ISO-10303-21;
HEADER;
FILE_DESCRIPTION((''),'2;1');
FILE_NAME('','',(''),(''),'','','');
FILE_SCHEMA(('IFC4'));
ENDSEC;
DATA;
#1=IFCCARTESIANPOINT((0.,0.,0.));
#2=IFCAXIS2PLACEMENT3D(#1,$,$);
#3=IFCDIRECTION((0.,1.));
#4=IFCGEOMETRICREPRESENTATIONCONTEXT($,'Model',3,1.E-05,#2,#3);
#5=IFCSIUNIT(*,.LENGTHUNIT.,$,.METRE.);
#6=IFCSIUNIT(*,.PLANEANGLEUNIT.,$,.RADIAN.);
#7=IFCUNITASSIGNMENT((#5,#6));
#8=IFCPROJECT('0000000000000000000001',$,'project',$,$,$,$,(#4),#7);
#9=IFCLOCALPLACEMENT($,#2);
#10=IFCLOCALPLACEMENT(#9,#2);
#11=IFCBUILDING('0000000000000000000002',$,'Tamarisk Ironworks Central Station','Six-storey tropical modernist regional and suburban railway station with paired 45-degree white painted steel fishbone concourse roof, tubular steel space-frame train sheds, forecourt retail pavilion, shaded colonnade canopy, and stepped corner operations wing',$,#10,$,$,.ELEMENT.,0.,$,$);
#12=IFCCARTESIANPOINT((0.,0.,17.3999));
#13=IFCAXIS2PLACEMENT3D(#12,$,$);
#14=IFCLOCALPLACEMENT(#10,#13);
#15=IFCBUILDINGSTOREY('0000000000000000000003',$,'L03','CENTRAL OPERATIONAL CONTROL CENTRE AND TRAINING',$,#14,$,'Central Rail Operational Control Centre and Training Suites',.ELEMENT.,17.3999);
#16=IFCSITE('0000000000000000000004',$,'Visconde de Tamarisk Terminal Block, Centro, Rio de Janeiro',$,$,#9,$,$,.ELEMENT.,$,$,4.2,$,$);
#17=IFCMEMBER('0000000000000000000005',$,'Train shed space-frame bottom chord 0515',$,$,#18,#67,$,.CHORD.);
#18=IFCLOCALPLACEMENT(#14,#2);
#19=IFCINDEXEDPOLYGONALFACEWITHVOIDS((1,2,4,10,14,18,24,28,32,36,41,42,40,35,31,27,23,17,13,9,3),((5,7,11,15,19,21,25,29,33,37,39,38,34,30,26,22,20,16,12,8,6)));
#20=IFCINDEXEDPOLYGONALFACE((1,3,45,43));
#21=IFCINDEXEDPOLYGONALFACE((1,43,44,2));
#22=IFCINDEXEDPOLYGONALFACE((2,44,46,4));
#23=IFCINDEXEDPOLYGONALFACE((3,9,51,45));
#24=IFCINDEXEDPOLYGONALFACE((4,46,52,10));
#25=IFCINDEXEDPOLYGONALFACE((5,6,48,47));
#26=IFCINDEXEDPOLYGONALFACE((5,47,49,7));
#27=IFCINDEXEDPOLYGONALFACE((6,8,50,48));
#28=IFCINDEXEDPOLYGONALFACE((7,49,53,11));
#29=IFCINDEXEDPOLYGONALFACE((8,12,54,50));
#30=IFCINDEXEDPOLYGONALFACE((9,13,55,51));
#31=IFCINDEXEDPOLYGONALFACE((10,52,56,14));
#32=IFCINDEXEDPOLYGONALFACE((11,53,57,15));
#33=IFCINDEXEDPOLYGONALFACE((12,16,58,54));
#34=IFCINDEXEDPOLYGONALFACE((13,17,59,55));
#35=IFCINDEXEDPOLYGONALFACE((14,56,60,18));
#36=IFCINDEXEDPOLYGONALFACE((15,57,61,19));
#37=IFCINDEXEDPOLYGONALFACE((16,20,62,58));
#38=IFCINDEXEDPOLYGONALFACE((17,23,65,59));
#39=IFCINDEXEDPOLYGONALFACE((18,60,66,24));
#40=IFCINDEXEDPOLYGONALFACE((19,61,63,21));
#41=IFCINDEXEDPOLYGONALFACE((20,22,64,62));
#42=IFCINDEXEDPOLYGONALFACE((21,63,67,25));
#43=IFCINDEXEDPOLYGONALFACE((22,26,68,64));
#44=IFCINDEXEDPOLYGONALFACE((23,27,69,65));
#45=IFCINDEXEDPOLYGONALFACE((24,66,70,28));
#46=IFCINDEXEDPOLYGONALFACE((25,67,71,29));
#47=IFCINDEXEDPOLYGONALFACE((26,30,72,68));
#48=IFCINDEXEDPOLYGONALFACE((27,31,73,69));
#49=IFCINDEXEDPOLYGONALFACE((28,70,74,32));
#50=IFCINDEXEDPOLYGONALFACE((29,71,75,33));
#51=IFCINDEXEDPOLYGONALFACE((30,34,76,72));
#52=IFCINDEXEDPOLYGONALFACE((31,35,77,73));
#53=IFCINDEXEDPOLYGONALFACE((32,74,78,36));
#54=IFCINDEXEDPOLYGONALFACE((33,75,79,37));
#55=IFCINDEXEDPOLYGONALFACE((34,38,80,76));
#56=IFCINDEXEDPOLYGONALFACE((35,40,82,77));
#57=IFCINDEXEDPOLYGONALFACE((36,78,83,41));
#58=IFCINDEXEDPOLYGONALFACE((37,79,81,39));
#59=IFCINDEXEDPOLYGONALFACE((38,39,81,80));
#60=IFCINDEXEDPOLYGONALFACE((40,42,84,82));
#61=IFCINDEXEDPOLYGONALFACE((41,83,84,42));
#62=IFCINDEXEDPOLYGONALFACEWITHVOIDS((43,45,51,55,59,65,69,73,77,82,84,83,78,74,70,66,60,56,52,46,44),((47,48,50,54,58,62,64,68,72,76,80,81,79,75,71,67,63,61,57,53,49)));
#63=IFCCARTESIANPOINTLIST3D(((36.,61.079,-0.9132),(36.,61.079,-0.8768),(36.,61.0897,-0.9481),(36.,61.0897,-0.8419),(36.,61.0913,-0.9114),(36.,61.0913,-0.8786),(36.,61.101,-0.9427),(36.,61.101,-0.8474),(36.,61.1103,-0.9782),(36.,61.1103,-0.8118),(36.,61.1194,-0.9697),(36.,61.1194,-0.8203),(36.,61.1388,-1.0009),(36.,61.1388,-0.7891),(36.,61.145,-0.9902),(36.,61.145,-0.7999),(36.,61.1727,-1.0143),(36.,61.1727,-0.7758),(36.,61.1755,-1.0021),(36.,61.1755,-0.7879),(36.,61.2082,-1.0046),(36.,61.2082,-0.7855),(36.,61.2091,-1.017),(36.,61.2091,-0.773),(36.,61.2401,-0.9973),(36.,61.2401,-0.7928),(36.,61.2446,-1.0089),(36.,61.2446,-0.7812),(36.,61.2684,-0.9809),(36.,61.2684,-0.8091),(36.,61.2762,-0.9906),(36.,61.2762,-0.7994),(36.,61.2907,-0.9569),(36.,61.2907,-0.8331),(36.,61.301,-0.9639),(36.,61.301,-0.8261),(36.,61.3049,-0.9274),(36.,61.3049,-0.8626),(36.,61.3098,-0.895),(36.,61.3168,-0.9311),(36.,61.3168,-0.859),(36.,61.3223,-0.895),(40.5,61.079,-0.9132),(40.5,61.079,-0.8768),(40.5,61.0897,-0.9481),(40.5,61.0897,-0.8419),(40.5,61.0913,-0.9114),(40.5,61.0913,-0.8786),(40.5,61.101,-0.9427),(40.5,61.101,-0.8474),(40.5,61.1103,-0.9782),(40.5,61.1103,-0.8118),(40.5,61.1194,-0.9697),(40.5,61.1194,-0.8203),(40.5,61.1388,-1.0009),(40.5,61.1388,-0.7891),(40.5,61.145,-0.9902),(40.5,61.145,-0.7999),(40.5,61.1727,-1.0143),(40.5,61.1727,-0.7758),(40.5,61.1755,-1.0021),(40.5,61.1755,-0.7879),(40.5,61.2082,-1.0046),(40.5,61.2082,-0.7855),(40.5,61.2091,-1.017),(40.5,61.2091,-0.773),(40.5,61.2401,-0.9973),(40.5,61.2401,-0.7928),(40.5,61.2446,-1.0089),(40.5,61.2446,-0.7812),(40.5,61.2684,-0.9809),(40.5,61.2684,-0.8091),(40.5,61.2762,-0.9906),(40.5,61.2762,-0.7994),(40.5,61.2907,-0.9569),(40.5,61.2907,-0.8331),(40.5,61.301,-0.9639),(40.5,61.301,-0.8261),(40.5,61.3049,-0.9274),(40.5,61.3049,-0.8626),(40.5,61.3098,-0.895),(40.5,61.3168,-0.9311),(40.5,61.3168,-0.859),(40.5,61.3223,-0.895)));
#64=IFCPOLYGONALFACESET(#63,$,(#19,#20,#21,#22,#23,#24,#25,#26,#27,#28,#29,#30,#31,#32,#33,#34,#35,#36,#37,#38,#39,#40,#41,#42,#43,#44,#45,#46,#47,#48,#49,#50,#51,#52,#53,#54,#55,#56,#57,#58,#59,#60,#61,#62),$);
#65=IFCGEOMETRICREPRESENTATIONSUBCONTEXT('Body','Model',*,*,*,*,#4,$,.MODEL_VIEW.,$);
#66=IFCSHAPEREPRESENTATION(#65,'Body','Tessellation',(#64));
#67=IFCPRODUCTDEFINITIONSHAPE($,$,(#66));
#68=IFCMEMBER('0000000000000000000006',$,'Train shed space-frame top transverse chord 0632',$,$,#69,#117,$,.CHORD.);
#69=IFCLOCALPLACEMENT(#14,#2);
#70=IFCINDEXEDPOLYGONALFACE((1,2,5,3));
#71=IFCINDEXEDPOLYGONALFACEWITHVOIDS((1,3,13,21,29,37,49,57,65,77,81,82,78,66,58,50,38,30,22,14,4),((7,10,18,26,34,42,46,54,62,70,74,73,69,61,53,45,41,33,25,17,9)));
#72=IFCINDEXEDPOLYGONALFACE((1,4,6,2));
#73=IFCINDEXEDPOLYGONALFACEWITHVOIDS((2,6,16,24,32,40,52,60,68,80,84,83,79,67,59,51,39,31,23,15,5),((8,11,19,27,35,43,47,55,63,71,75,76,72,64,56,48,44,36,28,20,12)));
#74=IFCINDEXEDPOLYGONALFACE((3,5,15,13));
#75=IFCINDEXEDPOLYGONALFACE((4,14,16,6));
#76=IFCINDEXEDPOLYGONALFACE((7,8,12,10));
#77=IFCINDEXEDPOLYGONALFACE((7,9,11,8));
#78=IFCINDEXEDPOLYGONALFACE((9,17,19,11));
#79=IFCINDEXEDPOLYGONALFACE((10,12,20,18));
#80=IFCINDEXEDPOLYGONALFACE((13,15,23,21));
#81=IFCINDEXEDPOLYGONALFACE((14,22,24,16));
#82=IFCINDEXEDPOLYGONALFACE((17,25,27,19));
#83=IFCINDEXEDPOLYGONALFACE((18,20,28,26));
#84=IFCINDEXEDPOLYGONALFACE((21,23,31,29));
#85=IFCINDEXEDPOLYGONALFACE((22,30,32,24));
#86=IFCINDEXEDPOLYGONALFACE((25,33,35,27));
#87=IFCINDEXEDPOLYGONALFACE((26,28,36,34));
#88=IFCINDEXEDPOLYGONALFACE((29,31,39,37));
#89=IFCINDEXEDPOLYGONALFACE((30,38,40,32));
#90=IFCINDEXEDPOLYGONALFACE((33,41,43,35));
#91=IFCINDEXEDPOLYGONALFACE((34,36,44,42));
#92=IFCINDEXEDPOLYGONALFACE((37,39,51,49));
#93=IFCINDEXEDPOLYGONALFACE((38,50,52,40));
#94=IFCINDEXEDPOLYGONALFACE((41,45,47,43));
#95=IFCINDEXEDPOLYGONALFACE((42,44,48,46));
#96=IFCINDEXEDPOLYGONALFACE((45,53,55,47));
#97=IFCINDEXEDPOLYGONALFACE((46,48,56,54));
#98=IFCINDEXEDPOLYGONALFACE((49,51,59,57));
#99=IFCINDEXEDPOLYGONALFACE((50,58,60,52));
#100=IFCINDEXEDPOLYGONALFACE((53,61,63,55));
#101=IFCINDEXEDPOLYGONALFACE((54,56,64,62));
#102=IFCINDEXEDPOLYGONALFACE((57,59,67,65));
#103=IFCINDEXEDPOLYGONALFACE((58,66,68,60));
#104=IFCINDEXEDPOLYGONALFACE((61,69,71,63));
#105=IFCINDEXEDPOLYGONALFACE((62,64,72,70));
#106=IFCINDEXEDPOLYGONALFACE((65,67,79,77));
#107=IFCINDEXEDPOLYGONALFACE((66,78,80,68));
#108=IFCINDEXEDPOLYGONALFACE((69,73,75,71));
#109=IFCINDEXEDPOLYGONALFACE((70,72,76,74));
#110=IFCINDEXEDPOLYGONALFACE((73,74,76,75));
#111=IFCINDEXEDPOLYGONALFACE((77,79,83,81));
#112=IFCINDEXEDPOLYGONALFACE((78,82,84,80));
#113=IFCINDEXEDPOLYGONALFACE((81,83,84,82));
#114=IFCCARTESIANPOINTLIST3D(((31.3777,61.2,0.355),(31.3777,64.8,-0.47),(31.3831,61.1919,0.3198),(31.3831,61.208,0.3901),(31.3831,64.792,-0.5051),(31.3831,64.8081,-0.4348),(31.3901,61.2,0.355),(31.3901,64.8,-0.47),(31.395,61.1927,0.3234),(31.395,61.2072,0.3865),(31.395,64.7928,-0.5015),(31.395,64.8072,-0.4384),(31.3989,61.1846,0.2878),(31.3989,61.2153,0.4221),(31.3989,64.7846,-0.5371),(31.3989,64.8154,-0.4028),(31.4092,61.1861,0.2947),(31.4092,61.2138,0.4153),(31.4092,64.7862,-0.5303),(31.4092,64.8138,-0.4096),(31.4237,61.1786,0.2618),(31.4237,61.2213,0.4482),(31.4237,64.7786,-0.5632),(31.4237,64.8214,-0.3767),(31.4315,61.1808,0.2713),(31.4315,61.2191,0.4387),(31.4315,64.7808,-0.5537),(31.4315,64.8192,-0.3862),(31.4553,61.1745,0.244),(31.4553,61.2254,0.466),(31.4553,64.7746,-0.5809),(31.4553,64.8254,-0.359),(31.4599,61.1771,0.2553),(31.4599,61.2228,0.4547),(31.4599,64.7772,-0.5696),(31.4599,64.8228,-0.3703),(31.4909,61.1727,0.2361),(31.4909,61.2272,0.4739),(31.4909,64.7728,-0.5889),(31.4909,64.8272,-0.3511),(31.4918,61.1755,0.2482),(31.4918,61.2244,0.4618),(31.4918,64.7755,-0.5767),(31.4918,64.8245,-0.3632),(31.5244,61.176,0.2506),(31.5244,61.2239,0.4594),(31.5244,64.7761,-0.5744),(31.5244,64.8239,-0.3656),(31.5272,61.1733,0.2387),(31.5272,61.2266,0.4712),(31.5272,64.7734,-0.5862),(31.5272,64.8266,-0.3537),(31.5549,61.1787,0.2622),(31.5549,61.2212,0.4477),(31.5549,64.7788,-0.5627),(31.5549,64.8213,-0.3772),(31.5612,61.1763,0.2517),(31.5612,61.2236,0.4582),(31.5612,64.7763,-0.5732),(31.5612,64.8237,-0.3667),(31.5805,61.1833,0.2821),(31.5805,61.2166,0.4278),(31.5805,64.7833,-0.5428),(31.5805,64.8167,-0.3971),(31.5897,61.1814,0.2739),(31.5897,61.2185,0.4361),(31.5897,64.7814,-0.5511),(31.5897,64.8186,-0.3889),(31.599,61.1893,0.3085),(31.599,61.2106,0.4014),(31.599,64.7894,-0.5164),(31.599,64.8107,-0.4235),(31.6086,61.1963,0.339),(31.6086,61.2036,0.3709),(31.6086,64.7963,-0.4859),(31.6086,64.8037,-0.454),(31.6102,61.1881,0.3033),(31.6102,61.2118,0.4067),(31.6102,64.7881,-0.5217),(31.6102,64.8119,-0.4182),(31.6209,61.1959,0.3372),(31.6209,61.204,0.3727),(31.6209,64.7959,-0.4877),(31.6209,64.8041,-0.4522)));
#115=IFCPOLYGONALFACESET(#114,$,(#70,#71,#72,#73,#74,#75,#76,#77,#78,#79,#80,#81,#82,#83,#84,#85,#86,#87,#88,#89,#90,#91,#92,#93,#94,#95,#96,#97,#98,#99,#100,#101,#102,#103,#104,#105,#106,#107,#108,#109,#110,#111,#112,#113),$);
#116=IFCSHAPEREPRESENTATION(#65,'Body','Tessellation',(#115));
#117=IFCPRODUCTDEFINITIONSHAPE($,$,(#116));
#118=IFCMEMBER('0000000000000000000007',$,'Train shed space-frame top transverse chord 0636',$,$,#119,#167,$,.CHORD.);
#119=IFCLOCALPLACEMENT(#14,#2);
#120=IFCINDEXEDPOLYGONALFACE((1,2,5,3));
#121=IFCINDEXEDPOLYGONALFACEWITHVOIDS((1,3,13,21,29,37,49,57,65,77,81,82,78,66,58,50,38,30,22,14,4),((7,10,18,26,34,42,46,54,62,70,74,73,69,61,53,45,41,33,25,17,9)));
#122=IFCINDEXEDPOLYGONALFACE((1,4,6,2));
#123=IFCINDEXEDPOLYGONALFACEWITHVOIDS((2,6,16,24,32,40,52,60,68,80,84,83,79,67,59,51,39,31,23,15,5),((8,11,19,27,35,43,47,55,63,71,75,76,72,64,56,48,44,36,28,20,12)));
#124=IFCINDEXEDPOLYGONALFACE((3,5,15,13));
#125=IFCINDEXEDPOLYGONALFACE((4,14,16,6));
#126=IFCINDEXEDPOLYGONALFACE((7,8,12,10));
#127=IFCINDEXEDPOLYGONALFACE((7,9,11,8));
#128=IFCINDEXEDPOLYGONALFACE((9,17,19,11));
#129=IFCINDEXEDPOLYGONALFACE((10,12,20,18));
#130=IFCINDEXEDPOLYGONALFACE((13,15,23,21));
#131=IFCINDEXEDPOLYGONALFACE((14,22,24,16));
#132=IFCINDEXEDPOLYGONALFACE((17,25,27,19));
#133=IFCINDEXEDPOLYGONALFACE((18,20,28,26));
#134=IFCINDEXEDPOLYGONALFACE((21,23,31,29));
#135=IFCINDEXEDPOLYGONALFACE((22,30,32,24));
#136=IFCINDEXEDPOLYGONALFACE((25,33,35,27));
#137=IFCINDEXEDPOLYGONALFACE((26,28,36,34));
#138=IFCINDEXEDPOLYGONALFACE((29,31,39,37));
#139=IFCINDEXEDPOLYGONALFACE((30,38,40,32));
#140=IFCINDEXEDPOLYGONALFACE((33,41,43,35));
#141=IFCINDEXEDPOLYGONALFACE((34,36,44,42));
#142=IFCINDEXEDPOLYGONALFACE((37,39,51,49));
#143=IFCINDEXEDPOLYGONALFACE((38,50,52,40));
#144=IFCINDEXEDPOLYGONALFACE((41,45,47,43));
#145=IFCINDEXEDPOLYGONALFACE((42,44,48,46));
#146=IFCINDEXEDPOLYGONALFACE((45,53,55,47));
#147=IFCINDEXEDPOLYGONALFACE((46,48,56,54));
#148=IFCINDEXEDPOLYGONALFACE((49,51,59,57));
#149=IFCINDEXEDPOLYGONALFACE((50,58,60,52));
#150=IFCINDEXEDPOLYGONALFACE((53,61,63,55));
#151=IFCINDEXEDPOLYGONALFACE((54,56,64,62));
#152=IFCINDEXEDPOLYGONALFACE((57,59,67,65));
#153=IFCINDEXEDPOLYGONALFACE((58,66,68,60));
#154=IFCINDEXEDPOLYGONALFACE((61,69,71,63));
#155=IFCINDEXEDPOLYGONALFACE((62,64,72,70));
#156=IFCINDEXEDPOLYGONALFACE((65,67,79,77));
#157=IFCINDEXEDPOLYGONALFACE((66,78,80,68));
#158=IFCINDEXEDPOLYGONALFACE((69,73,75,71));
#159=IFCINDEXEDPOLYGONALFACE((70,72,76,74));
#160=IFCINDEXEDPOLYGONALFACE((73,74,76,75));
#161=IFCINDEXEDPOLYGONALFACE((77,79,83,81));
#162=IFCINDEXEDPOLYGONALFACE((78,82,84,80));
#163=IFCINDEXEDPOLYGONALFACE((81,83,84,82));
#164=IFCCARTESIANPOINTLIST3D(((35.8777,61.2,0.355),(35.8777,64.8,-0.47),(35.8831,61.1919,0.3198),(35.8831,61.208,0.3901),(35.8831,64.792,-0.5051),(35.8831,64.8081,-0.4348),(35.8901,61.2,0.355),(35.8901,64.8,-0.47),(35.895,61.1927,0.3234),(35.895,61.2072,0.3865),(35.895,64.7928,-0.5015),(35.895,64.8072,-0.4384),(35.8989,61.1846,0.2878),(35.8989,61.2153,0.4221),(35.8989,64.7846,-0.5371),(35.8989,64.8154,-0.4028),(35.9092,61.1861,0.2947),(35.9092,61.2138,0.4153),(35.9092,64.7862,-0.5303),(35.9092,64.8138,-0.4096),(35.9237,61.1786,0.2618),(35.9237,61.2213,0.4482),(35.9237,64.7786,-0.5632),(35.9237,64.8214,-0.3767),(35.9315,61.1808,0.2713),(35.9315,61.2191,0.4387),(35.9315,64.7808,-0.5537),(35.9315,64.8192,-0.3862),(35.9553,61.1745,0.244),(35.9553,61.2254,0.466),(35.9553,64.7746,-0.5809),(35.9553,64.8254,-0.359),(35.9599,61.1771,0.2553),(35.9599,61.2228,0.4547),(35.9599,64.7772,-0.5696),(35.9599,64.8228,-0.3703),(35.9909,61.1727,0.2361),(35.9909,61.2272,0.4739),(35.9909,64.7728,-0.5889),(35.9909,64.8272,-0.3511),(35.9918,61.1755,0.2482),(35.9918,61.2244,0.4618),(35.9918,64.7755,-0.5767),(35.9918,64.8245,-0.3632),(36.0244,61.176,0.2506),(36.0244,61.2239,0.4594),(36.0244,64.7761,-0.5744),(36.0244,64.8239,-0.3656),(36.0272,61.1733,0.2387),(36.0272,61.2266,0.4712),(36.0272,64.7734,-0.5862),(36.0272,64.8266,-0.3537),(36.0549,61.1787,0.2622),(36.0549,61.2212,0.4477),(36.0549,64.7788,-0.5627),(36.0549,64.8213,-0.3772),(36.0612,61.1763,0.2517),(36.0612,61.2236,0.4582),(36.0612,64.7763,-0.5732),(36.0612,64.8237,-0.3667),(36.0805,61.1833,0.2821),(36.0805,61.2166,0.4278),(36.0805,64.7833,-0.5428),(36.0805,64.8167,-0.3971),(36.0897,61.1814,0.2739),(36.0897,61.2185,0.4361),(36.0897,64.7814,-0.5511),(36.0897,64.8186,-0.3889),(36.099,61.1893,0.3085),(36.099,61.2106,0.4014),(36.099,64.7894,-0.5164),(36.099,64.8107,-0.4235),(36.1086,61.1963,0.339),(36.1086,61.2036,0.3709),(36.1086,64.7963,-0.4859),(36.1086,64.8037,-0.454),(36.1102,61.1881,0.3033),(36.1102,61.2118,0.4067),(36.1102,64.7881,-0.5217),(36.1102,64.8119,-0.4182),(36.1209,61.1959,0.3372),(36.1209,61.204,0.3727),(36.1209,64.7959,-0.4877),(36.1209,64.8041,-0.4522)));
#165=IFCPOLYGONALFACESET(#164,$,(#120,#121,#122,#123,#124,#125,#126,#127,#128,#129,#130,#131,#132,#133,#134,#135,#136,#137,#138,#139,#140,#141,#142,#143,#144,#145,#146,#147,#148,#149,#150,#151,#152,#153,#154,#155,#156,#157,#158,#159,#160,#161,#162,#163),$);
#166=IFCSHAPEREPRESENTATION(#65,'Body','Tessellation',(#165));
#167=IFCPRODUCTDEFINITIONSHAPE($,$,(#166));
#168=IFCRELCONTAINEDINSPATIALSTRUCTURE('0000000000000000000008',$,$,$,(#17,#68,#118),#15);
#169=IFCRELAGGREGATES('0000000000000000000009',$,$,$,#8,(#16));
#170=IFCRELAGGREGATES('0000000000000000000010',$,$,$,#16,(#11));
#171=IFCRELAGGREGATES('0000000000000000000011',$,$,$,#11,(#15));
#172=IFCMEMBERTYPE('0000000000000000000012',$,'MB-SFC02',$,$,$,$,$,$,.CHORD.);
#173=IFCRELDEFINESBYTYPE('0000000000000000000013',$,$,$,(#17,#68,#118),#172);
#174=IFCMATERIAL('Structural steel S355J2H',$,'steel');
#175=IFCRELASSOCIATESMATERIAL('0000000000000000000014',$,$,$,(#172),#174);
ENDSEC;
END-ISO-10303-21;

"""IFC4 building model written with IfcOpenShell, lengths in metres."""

from ifc_helpers import new_model, si_unit, direction, frame, origin, origin_2d, place, context, subcontext, project, spatial, hollow_circle, extrude, material, material_profile, profile_set, type_object, element, save


model = new_model("IFC4")

# Units and contexts
model_context = context("Model", 3, precision=1e-05, world=origin(), true_north=direction((0.0, 1.0)))
body_context = subcontext(model_context, "Body", "Model", "MODEL_VIEW")
ifc_project = project(units=[si_unit("LENGTHUNIT", "METRE"), si_unit("PLANEANGLEUNIT", "RADIAN")], contexts=[model_context])

# Site, building, storey
site_placement = place(None, origin())
site = spatial("IfcSite", under=ifc_project, at=site_placement, Name="Visconde de Tamarisk Terminal Block, Centro, Rio de Janeiro", CompositionType="ELEMENT", RefElevation=4.2)
building_placement = place(site_placement, origin())
building = spatial("IfcBuilding", under=site, at=building_placement, Name="Tamarisk Ironworks Central Station", Description="Six-storey tropical modernist regional and suburban railway station with paired 45-degree white painted steel fishbone concourse roof, tubular steel space-frame train sheds, forecourt retail pavilion, shaded colonnade canopy, and stepped corner operations wing", CompositionType="ELEMENT", ElevationOfRefHeight=0.0)
storey_placement = place(building_placement, frame((0.0, 0.0, 17.3999)))
storey = spatial("IfcBuildingStorey", under=building, at=storey_placement, Name="L03", Description="CENTRAL OPERATIONAL CONTROL CENTRE AND TRAINING", LongName="Central Rail Operational Control Centre and Training Suites", CompositionType="ELEMENT", Elevation=17.3999)

# Members
ifc_material_1 = material(Name="Structural steel S355J2H", Category="steel")
ifc_material_profile_1 = material_profile(ifc_material_1, hollow_circle(Radius=0.1223, WallThickness=0.0125, at=origin_2d()), Name="CHS 244.5x12.5")
ifc_profile_set_1 = profile_set([ifc_material_profile_1], Name="Structural steel S355J2H")
member_type_1 = type_object("IfcMemberType", Name="MB-SFC02", PredefinedType="CHORD", material=ifc_profile_set_1)
for number, where, z_axis, x_axis, name in (
    (1, (36.0, 61.2, -0.895), (1.0, 0.0, 0.0), (0.0, 1.0, 0.0), "Train shed space-frame bottom chord 0515"),
):
    element("IfcMember", number, at=place(storey_placement, frame(where, z_axis=z_axis, x_axis=x_axis)), inside=storey, type_object=member_type_1, Name=name, PredefinedType="CHORD", context=body_context, shape_type="SweptSolid", body=[
        extrude(hollow_circle(Radius=0.1223, WallThickness=0.0125, at=origin_2d()), origin(), (0.0, 0.0, 1.0), 4.5),
    ])
for number, where, z_axis, x_axis, name in (
    (2, (31.5, 61.2, 0.355), (0.0, 0.974737, -0.223358), (-1.0, 0.0, 0.0), "Train shed space-frame top transverse chord 0632"),
    (3, (36.0, 61.2, 0.355), (0.0, 0.974737, -0.223358), (-1.0, 0.0, 0.0), "Train shed space-frame top transverse chord 0636"),
):
    element("IfcMember", number, at=place(storey_placement, frame(where, z_axis=z_axis, x_axis=x_axis)), inside=storey, type_object=member_type_1, Name=name, PredefinedType="CHORD", context=body_context, shape_type="SweptSolid", body=[
        extrude(hollow_circle(Radius=0.1223, WallThickness=0.0125, at=origin_2d()), origin(), (0.0, 0.0, 1.0), 3.6934),
    ])

save(model, "model.ifc")
